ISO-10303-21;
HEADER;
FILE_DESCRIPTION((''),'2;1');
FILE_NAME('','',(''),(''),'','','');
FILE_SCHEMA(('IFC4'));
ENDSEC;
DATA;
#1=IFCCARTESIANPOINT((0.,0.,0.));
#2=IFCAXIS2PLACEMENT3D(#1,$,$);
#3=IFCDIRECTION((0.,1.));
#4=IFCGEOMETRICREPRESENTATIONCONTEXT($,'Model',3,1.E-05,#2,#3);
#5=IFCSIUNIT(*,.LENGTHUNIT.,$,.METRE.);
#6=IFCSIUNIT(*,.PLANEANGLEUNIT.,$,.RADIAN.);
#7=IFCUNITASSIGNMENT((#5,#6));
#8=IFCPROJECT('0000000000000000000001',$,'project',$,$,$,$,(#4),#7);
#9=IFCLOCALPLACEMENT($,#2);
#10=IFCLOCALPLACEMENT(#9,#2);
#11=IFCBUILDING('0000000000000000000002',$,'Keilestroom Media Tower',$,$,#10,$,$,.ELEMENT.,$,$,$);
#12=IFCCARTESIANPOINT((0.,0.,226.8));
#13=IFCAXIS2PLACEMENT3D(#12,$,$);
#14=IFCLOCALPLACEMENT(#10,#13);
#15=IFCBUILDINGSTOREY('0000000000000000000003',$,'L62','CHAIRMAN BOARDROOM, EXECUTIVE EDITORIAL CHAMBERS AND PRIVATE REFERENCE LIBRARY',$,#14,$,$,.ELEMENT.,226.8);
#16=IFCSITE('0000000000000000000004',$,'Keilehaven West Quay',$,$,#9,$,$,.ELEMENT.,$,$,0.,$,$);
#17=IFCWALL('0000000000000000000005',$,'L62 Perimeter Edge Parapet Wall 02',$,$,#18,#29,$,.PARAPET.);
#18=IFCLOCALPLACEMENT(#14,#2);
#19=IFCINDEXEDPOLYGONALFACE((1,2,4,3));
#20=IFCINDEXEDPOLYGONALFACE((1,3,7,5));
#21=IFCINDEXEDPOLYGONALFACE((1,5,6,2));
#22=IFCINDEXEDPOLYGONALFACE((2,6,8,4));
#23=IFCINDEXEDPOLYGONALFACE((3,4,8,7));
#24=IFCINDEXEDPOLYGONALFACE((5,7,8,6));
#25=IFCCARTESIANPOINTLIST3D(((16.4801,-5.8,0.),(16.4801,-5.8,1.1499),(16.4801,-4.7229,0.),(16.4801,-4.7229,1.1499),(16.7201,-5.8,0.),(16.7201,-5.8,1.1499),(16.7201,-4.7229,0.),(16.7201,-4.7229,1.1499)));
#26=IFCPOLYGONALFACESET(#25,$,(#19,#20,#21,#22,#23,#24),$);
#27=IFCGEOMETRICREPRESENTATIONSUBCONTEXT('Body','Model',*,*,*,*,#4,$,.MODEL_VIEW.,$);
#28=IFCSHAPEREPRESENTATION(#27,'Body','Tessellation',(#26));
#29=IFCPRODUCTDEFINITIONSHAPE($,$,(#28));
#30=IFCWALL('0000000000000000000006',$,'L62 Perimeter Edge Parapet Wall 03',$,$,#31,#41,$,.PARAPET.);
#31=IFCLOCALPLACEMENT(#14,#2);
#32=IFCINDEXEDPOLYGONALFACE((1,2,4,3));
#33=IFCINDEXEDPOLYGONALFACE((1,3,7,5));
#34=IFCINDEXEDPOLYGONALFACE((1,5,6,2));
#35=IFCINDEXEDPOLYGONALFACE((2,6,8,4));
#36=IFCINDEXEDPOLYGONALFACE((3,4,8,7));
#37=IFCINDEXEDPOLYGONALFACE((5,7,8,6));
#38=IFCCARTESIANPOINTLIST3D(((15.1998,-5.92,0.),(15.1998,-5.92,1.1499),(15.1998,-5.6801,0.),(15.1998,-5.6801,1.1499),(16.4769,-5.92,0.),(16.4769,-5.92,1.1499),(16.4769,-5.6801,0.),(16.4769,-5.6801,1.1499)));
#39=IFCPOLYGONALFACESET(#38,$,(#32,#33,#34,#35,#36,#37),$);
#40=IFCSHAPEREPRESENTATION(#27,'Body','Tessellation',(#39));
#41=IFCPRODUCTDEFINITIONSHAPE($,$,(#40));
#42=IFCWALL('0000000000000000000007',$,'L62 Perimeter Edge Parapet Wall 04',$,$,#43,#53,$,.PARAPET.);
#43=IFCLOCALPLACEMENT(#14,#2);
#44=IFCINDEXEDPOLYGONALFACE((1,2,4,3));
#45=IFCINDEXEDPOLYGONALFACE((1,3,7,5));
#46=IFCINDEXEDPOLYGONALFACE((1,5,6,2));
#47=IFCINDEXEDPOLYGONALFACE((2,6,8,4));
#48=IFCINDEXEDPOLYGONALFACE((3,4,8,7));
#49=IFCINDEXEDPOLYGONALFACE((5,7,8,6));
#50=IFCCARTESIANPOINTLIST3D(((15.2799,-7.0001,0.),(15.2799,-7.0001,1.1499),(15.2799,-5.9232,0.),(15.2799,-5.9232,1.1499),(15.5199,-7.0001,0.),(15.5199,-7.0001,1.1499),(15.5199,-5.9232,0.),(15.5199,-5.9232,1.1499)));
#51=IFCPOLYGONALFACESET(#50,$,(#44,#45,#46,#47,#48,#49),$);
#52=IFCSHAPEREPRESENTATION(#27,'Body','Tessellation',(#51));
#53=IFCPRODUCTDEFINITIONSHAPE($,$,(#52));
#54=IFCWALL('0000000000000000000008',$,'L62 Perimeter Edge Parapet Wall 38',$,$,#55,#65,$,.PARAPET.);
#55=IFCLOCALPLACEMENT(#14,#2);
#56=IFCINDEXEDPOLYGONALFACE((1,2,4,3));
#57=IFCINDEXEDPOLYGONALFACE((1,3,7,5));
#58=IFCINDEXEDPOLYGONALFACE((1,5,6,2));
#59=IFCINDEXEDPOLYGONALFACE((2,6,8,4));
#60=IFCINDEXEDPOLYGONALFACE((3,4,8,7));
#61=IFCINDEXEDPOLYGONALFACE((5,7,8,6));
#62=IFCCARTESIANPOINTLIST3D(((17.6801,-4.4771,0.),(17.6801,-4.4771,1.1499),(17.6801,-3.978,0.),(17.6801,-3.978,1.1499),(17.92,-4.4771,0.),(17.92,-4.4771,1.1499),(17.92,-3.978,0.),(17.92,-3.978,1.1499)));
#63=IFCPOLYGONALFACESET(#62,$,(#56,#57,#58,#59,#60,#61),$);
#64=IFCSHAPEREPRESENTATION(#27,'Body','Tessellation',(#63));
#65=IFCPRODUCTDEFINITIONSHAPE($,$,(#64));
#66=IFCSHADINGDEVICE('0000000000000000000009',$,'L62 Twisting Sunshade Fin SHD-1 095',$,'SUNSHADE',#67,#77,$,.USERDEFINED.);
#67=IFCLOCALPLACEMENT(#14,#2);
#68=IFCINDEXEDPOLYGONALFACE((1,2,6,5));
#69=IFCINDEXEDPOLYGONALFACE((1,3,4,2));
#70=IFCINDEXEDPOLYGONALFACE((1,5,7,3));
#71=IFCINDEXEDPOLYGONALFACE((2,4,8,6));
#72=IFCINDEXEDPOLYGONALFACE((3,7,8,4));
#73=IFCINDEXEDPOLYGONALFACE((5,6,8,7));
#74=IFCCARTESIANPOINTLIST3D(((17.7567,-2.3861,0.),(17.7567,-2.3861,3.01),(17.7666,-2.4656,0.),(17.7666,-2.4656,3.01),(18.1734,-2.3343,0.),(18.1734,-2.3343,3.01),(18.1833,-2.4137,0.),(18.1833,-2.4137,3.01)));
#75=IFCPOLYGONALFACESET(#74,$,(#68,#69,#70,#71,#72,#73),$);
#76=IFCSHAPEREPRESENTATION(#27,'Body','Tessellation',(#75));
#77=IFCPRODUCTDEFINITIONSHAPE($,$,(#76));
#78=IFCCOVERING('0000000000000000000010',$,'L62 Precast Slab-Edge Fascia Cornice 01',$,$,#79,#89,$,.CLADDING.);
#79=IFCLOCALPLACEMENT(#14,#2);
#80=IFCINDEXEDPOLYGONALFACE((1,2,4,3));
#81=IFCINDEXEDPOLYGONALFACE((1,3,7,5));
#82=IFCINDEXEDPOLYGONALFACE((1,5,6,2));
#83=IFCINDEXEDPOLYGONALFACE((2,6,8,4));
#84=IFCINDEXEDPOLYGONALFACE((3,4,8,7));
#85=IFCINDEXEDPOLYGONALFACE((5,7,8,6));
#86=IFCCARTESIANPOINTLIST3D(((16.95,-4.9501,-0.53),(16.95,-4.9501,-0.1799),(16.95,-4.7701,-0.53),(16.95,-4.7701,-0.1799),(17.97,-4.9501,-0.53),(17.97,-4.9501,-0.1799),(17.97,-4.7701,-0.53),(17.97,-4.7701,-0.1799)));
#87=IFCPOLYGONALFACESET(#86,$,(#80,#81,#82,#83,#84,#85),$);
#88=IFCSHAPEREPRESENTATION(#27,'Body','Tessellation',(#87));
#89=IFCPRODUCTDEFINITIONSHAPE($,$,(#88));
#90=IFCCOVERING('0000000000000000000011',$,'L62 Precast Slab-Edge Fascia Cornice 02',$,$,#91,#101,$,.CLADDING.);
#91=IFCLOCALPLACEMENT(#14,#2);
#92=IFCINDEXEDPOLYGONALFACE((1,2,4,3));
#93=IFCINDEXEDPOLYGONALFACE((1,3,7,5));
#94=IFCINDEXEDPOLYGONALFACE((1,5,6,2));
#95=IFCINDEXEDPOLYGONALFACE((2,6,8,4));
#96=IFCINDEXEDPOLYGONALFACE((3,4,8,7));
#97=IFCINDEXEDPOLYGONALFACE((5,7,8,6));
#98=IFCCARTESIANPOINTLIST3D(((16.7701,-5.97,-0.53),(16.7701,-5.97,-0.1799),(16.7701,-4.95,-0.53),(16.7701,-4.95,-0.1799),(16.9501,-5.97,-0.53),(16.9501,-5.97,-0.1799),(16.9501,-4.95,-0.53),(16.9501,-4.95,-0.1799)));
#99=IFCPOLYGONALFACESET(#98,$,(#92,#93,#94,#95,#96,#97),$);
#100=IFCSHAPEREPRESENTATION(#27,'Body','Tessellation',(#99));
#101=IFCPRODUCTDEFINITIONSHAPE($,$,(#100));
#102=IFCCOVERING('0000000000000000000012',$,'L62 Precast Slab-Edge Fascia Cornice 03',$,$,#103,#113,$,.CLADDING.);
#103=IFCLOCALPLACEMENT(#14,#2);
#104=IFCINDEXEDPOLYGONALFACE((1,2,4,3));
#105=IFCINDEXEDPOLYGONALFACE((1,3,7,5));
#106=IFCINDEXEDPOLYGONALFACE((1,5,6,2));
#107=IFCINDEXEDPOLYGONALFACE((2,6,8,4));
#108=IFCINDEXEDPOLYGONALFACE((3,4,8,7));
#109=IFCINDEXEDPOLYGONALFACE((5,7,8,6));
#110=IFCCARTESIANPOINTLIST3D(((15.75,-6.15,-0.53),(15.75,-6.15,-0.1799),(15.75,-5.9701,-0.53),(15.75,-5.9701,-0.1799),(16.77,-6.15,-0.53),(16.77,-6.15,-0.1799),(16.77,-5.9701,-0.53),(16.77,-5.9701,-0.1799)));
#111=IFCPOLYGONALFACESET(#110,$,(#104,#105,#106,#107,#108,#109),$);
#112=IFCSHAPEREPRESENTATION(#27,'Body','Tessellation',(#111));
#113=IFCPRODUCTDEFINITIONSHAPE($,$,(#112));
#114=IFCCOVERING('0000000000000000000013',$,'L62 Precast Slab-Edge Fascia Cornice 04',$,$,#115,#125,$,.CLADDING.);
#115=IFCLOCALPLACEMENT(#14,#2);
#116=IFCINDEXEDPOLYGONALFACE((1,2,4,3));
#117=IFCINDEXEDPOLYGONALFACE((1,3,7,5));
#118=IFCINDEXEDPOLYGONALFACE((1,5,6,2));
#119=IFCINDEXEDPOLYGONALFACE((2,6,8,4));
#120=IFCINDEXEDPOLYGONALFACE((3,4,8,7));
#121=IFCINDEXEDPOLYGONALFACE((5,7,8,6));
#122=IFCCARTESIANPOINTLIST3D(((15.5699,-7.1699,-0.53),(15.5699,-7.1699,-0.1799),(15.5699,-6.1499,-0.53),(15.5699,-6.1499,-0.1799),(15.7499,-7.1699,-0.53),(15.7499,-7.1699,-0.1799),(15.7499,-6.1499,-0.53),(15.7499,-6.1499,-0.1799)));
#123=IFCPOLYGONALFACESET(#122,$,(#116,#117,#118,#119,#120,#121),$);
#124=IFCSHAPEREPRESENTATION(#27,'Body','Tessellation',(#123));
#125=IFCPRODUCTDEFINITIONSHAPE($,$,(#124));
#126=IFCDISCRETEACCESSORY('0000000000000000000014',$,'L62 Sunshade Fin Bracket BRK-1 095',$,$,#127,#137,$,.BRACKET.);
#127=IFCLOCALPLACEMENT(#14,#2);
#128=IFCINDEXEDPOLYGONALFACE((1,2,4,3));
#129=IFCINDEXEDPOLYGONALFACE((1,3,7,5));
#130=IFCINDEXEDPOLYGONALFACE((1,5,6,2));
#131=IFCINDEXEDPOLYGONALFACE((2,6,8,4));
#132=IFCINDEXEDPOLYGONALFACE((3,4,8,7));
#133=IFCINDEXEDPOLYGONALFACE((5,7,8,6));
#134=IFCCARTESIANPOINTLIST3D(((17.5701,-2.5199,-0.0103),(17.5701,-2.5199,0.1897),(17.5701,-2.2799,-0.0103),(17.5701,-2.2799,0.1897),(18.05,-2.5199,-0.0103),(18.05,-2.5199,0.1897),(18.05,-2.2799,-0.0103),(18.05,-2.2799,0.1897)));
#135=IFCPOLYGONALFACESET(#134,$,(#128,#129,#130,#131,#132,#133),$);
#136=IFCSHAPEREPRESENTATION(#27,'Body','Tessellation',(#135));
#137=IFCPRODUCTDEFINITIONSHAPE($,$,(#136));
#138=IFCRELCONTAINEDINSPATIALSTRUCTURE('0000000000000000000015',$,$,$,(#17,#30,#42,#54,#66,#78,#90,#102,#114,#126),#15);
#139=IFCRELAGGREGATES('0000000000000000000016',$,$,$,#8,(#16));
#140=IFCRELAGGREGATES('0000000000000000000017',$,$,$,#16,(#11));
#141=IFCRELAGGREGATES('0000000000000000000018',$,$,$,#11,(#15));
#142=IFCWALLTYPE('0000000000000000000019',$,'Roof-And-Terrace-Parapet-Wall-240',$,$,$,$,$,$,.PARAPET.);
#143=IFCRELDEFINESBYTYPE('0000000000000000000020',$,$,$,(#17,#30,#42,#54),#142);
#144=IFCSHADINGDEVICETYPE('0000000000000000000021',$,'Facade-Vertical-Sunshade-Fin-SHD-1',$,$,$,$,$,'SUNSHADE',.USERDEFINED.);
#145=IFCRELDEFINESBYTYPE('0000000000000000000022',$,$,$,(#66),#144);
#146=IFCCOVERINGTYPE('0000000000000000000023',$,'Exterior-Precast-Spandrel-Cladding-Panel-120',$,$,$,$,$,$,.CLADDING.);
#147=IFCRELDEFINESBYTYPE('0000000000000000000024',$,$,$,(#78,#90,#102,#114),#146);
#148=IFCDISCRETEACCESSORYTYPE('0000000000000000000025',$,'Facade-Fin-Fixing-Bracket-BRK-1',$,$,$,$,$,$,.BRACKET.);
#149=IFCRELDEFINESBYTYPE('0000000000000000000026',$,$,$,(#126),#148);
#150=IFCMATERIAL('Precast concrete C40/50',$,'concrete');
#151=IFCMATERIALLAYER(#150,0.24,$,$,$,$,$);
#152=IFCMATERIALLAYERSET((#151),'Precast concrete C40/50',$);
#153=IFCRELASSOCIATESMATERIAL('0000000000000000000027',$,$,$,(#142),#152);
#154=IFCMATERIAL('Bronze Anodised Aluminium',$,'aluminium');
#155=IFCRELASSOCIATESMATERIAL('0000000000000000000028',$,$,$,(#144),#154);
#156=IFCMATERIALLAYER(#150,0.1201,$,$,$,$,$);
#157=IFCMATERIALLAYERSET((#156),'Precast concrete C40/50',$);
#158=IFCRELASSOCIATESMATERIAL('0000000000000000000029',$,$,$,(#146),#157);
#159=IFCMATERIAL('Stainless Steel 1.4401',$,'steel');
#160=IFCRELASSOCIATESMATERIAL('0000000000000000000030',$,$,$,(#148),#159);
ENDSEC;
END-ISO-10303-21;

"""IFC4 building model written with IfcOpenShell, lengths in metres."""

from ifc_helpers import new_model, si_unit, direction, frame, frame_2d, origin, origin_2d, place, context, subcontext, project, spatial, rectangle, extrude, source, transform, mapped, material, layer, layer_set, type_object, element, save


model = new_model("IFC4")

# Units and contexts
model_context = context("Model", 3, precision=1e-05, world=origin(), true_north=direction((0.0, 1.0)))
body_context = subcontext(model_context, "Body", "Model", "MODEL_VIEW")
ifc_project = project(units=[si_unit("LENGTHUNIT", "METRE"), si_unit("PLANEANGLEUNIT", "RADIAN")], contexts=[model_context])

# Site, building, storey
site_placement = place(None, origin())
site = spatial("IfcSite", under=ifc_project, at=site_placement, Name="Keilehaven West Quay", CompositionType="ELEMENT", RefElevation=0.0)
building_placement = place(site_placement, origin())
building = spatial("IfcBuilding", under=site, at=building_placement, Name="Keilestroom Media Tower", CompositionType="ELEMENT")
storey_placement = place(building_placement, frame((0.0, 0.0, 226.8)))
storey = spatial("IfcBuildingStorey", under=building, at=storey_placement, Name="L62", Description="CHAIRMAN BOARDROOM, EXECUTIVE EDITORIAL CHAMBERS AND PRIVATE REFERENCE LIBRARY", CompositionType="ELEMENT", Elevation=226.8)

# Shared definitions
ifc_material_1 = material(Name="Precast concrete C40/50", Category="concrete")

# Walls
ifc_layer_1 = layer(ifc_material_1, 0.24)
ifc_layer_set_1 = layer_set([ifc_layer_1], Name="Precast concrete C40/50")
wall_type = type_object("IfcWallType", Name="Roof-And-Terrace-Parapet-Wall-240", PredefinedType="PARAPET", material=ifc_layer_set_1)
wall_1_placement = place(storey_placement, frame((16.6001, -4.7229, 0.0), z_axis=(0.0, 0.0, 1.0), x_axis=(0.0, -1.0, 0.0)))
element("IfcWall", 1, at=wall_1_placement, inside=storey, type_object=wall_type, Name="L62 Perimeter Edge Parapet Wall 02", PredefinedType="PARAPET", context=body_context, shape_type="SweptSolid", body=[
    extrude(rectangle(XDim=1.0771, YDim=0.24, at=frame_2d((0.5386, 0.0))), origin(), (0.0, 0.0, 1.0), 1.1499),
])
wall_2_placement = place(storey_placement, frame((16.4771, -5.8, 0.0), z_axis=(0.0, 0.0, 1.0), x_axis=(-1.0, 0.0, 0.0)))
element("IfcWall", 2, at=wall_2_placement, inside=storey, type_object=wall_type, Name="L62 Perimeter Edge Parapet Wall 03", PredefinedType="PARAPET", context=body_context, shape_type="SweptSolid", body=[
    extrude(rectangle(XDim=1.2771, YDim=0.24, at=frame_2d((0.6387, 0.0))), origin(), (0.0, 0.0, 1.0), 1.1499),
])
wall_3_placement = place(storey_placement, frame((15.3999, -5.9231, 0.0), z_axis=(0.0, 0.0, 1.0), x_axis=(0.0, -1.0, 0.0)))
element("IfcWall", 3, at=wall_3_placement, inside=storey, type_object=wall_type, Name="L62 Perimeter Edge Parapet Wall 04", PredefinedType="PARAPET", context=body_context, shape_type="SweptSolid", body=[
    extrude(rectangle(XDim=1.0769, YDim=0.24, at=frame_2d((0.5386, 0.0))), origin(), (0.0, 0.0, 1.0), 1.1499),
])
wall_4_placement = place(storey_placement, frame((17.8, -3.978, 0.0), z_axis=(0.0, 0.0, 1.0), x_axis=(0.0, -1.0, 0.0)))
element("IfcWall", 4, at=wall_4_placement, inside=storey, type_object=wall_type, Name="L62 Perimeter Edge Parapet Wall 38", PredefinedType="PARAPET", context=body_context, shape_type="SweptSolid", body=[
    extrude(rectangle(XDim=0.499, YDim=0.24, at=frame_2d((0.2495, 0.0))), origin(), (0.0, 0.0, 1.0), 1.1499),
])

# Shading device
ifc_material_2 = material(Name="Bronze Anodised Aluminium", Category="aluminium")
shading_device_type = type_object("IfcShadingDeviceType", Name="Facade-Vertical-Sunshade-Fin-SHD-1", ElementType="SUNSHADE", PredefinedType="USERDEFINED", material=ifc_material_2)
shared_shape_1 = source(origin(), body_context, "Body", "SweptSolid", [
    extrude(rectangle(XDim=0.4199, YDim=0.0801, at=origin_2d()), origin(), (0.0, 0.0, 1.0), 3.01),
])
shading_device_placement = place(storey_placement, frame((17.97, -2.3999, 0.0), z_axis=(0.0, 0.0, 1.0), x_axis=(0.992353, 0.123428, 0.0)))
element("IfcShadingDevice", 5, at=shading_device_placement, inside=storey, type_object=shading_device_type, Name="L62 Twisting Sunshade Fin SHD-1 095", ObjectType="SUNSHADE", PredefinedType="USERDEFINED", context=body_context, shape_type="MappedRepresentation", body=[
    mapped(shared_shape_1, transform((0.0, 0.0, 0.0), x_axis=(1.0, 0.0, 0.0), y_axis=(0.0, 1.0, 0.0), z_axis=(0.0, 0.0, 1.0), scale=1.0)),
])

# Coverings
ifc_layer_2 = layer(ifc_material_1, 0.1201)
ifc_layer_set_2 = layer_set([ifc_layer_2], Name="Precast concrete C40/50")
covering_type = type_object("IfcCoveringType", Name="Exterior-Precast-Spandrel-Cladding-Panel-120", PredefinedType="CLADDING", material=ifc_layer_set_2)
shared_shape_2 = source(origin(), body_context, "Body", "SweptSolid", [
    extrude(rectangle(XDim=1.02, YDim=0.1799, at=origin_2d()), origin(), (0.0, 0.0, 1.0), 0.3501),
])
for number, where, z_axis, x_axis, name in (
    (6, (17.46, -4.8601, -0.53), (0.0, 0.0, 1.0), (-1.0, 0.0, 0.0), "L62 Precast Slab-Edge Fascia Cornice 01"),
    (7, (16.8601, -5.46, -0.53), (0.0, 0.0, 1.0), (0.0, -1.0, 0.0), "L62 Precast Slab-Edge Fascia Cornice 02"),
    (8, (16.26, -6.0601, -0.53), (0.0, 0.0, 1.0), (-1.0, 0.0, 0.0), "L62 Precast Slab-Edge Fascia Cornice 03"),
    (9, (15.6599, -6.6599, -0.53), (0.0, 0.0, 1.0), (0.0, -1.0, 0.0), "L62 Precast Slab-Edge Fascia Cornice 04"),
):
    element("IfcCovering", number, at=place(storey_placement, frame(where, z_axis=z_axis, x_axis=x_axis)), inside=storey, type_object=covering_type, Name=name, PredefinedType="CLADDING", context=body_context, shape_type="MappedRepresentation", body=[
        mapped(shared_shape_2, transform((0.0, 0.0, 0.0), x_axis=(1.0, 0.0, 0.0), y_axis=(0.0, 1.0, 0.0), z_axis=(0.0, 0.0, 1.0), scale=1.0)),
    ])

# Discrete accessory
ifc_material_3 = material(Name="Stainless Steel 1.4401", Category="steel")
discrete_accessory_type = type_object("IfcDiscreteAccessoryType", Name="Facade-Fin-Fixing-Bracket-BRK-1", PredefinedType="BRACKET", material=ifc_material_3)
shared_shape_3 = source(origin(), body_context, "Body", "SweptSolid", [
    extrude(rectangle(XDim=0.48, YDim=0.24, at=origin_2d()), origin(), (0.0, 0.0, 1.0), 0.2),
])
discrete_accessory_placement = place(storey_placement, frame((17.8101, -2.3999, -0.0103), z_axis=(0.0, 0.0, 1.0), x_axis=(1.0, 0.0, 0.0)))
element("IfcDiscreteAccessory", 10, at=discrete_accessory_placement, inside=storey, type_object=discrete_accessory_type, Name="L62 Sunshade Fin Bracket BRK-1 095", PredefinedType="BRACKET", context=body_context, shape_type="MappedRepresentation", body=[
    mapped(shared_shape_3, transform((0.0, 0.0, 0.0), x_axis=(1.0, 0.0, 0.0), y_axis=(0.0, 1.0, 0.0), z_axis=(0.0, 0.0, 1.0), scale=1.0)),
])

save(model, "model.ifc")
